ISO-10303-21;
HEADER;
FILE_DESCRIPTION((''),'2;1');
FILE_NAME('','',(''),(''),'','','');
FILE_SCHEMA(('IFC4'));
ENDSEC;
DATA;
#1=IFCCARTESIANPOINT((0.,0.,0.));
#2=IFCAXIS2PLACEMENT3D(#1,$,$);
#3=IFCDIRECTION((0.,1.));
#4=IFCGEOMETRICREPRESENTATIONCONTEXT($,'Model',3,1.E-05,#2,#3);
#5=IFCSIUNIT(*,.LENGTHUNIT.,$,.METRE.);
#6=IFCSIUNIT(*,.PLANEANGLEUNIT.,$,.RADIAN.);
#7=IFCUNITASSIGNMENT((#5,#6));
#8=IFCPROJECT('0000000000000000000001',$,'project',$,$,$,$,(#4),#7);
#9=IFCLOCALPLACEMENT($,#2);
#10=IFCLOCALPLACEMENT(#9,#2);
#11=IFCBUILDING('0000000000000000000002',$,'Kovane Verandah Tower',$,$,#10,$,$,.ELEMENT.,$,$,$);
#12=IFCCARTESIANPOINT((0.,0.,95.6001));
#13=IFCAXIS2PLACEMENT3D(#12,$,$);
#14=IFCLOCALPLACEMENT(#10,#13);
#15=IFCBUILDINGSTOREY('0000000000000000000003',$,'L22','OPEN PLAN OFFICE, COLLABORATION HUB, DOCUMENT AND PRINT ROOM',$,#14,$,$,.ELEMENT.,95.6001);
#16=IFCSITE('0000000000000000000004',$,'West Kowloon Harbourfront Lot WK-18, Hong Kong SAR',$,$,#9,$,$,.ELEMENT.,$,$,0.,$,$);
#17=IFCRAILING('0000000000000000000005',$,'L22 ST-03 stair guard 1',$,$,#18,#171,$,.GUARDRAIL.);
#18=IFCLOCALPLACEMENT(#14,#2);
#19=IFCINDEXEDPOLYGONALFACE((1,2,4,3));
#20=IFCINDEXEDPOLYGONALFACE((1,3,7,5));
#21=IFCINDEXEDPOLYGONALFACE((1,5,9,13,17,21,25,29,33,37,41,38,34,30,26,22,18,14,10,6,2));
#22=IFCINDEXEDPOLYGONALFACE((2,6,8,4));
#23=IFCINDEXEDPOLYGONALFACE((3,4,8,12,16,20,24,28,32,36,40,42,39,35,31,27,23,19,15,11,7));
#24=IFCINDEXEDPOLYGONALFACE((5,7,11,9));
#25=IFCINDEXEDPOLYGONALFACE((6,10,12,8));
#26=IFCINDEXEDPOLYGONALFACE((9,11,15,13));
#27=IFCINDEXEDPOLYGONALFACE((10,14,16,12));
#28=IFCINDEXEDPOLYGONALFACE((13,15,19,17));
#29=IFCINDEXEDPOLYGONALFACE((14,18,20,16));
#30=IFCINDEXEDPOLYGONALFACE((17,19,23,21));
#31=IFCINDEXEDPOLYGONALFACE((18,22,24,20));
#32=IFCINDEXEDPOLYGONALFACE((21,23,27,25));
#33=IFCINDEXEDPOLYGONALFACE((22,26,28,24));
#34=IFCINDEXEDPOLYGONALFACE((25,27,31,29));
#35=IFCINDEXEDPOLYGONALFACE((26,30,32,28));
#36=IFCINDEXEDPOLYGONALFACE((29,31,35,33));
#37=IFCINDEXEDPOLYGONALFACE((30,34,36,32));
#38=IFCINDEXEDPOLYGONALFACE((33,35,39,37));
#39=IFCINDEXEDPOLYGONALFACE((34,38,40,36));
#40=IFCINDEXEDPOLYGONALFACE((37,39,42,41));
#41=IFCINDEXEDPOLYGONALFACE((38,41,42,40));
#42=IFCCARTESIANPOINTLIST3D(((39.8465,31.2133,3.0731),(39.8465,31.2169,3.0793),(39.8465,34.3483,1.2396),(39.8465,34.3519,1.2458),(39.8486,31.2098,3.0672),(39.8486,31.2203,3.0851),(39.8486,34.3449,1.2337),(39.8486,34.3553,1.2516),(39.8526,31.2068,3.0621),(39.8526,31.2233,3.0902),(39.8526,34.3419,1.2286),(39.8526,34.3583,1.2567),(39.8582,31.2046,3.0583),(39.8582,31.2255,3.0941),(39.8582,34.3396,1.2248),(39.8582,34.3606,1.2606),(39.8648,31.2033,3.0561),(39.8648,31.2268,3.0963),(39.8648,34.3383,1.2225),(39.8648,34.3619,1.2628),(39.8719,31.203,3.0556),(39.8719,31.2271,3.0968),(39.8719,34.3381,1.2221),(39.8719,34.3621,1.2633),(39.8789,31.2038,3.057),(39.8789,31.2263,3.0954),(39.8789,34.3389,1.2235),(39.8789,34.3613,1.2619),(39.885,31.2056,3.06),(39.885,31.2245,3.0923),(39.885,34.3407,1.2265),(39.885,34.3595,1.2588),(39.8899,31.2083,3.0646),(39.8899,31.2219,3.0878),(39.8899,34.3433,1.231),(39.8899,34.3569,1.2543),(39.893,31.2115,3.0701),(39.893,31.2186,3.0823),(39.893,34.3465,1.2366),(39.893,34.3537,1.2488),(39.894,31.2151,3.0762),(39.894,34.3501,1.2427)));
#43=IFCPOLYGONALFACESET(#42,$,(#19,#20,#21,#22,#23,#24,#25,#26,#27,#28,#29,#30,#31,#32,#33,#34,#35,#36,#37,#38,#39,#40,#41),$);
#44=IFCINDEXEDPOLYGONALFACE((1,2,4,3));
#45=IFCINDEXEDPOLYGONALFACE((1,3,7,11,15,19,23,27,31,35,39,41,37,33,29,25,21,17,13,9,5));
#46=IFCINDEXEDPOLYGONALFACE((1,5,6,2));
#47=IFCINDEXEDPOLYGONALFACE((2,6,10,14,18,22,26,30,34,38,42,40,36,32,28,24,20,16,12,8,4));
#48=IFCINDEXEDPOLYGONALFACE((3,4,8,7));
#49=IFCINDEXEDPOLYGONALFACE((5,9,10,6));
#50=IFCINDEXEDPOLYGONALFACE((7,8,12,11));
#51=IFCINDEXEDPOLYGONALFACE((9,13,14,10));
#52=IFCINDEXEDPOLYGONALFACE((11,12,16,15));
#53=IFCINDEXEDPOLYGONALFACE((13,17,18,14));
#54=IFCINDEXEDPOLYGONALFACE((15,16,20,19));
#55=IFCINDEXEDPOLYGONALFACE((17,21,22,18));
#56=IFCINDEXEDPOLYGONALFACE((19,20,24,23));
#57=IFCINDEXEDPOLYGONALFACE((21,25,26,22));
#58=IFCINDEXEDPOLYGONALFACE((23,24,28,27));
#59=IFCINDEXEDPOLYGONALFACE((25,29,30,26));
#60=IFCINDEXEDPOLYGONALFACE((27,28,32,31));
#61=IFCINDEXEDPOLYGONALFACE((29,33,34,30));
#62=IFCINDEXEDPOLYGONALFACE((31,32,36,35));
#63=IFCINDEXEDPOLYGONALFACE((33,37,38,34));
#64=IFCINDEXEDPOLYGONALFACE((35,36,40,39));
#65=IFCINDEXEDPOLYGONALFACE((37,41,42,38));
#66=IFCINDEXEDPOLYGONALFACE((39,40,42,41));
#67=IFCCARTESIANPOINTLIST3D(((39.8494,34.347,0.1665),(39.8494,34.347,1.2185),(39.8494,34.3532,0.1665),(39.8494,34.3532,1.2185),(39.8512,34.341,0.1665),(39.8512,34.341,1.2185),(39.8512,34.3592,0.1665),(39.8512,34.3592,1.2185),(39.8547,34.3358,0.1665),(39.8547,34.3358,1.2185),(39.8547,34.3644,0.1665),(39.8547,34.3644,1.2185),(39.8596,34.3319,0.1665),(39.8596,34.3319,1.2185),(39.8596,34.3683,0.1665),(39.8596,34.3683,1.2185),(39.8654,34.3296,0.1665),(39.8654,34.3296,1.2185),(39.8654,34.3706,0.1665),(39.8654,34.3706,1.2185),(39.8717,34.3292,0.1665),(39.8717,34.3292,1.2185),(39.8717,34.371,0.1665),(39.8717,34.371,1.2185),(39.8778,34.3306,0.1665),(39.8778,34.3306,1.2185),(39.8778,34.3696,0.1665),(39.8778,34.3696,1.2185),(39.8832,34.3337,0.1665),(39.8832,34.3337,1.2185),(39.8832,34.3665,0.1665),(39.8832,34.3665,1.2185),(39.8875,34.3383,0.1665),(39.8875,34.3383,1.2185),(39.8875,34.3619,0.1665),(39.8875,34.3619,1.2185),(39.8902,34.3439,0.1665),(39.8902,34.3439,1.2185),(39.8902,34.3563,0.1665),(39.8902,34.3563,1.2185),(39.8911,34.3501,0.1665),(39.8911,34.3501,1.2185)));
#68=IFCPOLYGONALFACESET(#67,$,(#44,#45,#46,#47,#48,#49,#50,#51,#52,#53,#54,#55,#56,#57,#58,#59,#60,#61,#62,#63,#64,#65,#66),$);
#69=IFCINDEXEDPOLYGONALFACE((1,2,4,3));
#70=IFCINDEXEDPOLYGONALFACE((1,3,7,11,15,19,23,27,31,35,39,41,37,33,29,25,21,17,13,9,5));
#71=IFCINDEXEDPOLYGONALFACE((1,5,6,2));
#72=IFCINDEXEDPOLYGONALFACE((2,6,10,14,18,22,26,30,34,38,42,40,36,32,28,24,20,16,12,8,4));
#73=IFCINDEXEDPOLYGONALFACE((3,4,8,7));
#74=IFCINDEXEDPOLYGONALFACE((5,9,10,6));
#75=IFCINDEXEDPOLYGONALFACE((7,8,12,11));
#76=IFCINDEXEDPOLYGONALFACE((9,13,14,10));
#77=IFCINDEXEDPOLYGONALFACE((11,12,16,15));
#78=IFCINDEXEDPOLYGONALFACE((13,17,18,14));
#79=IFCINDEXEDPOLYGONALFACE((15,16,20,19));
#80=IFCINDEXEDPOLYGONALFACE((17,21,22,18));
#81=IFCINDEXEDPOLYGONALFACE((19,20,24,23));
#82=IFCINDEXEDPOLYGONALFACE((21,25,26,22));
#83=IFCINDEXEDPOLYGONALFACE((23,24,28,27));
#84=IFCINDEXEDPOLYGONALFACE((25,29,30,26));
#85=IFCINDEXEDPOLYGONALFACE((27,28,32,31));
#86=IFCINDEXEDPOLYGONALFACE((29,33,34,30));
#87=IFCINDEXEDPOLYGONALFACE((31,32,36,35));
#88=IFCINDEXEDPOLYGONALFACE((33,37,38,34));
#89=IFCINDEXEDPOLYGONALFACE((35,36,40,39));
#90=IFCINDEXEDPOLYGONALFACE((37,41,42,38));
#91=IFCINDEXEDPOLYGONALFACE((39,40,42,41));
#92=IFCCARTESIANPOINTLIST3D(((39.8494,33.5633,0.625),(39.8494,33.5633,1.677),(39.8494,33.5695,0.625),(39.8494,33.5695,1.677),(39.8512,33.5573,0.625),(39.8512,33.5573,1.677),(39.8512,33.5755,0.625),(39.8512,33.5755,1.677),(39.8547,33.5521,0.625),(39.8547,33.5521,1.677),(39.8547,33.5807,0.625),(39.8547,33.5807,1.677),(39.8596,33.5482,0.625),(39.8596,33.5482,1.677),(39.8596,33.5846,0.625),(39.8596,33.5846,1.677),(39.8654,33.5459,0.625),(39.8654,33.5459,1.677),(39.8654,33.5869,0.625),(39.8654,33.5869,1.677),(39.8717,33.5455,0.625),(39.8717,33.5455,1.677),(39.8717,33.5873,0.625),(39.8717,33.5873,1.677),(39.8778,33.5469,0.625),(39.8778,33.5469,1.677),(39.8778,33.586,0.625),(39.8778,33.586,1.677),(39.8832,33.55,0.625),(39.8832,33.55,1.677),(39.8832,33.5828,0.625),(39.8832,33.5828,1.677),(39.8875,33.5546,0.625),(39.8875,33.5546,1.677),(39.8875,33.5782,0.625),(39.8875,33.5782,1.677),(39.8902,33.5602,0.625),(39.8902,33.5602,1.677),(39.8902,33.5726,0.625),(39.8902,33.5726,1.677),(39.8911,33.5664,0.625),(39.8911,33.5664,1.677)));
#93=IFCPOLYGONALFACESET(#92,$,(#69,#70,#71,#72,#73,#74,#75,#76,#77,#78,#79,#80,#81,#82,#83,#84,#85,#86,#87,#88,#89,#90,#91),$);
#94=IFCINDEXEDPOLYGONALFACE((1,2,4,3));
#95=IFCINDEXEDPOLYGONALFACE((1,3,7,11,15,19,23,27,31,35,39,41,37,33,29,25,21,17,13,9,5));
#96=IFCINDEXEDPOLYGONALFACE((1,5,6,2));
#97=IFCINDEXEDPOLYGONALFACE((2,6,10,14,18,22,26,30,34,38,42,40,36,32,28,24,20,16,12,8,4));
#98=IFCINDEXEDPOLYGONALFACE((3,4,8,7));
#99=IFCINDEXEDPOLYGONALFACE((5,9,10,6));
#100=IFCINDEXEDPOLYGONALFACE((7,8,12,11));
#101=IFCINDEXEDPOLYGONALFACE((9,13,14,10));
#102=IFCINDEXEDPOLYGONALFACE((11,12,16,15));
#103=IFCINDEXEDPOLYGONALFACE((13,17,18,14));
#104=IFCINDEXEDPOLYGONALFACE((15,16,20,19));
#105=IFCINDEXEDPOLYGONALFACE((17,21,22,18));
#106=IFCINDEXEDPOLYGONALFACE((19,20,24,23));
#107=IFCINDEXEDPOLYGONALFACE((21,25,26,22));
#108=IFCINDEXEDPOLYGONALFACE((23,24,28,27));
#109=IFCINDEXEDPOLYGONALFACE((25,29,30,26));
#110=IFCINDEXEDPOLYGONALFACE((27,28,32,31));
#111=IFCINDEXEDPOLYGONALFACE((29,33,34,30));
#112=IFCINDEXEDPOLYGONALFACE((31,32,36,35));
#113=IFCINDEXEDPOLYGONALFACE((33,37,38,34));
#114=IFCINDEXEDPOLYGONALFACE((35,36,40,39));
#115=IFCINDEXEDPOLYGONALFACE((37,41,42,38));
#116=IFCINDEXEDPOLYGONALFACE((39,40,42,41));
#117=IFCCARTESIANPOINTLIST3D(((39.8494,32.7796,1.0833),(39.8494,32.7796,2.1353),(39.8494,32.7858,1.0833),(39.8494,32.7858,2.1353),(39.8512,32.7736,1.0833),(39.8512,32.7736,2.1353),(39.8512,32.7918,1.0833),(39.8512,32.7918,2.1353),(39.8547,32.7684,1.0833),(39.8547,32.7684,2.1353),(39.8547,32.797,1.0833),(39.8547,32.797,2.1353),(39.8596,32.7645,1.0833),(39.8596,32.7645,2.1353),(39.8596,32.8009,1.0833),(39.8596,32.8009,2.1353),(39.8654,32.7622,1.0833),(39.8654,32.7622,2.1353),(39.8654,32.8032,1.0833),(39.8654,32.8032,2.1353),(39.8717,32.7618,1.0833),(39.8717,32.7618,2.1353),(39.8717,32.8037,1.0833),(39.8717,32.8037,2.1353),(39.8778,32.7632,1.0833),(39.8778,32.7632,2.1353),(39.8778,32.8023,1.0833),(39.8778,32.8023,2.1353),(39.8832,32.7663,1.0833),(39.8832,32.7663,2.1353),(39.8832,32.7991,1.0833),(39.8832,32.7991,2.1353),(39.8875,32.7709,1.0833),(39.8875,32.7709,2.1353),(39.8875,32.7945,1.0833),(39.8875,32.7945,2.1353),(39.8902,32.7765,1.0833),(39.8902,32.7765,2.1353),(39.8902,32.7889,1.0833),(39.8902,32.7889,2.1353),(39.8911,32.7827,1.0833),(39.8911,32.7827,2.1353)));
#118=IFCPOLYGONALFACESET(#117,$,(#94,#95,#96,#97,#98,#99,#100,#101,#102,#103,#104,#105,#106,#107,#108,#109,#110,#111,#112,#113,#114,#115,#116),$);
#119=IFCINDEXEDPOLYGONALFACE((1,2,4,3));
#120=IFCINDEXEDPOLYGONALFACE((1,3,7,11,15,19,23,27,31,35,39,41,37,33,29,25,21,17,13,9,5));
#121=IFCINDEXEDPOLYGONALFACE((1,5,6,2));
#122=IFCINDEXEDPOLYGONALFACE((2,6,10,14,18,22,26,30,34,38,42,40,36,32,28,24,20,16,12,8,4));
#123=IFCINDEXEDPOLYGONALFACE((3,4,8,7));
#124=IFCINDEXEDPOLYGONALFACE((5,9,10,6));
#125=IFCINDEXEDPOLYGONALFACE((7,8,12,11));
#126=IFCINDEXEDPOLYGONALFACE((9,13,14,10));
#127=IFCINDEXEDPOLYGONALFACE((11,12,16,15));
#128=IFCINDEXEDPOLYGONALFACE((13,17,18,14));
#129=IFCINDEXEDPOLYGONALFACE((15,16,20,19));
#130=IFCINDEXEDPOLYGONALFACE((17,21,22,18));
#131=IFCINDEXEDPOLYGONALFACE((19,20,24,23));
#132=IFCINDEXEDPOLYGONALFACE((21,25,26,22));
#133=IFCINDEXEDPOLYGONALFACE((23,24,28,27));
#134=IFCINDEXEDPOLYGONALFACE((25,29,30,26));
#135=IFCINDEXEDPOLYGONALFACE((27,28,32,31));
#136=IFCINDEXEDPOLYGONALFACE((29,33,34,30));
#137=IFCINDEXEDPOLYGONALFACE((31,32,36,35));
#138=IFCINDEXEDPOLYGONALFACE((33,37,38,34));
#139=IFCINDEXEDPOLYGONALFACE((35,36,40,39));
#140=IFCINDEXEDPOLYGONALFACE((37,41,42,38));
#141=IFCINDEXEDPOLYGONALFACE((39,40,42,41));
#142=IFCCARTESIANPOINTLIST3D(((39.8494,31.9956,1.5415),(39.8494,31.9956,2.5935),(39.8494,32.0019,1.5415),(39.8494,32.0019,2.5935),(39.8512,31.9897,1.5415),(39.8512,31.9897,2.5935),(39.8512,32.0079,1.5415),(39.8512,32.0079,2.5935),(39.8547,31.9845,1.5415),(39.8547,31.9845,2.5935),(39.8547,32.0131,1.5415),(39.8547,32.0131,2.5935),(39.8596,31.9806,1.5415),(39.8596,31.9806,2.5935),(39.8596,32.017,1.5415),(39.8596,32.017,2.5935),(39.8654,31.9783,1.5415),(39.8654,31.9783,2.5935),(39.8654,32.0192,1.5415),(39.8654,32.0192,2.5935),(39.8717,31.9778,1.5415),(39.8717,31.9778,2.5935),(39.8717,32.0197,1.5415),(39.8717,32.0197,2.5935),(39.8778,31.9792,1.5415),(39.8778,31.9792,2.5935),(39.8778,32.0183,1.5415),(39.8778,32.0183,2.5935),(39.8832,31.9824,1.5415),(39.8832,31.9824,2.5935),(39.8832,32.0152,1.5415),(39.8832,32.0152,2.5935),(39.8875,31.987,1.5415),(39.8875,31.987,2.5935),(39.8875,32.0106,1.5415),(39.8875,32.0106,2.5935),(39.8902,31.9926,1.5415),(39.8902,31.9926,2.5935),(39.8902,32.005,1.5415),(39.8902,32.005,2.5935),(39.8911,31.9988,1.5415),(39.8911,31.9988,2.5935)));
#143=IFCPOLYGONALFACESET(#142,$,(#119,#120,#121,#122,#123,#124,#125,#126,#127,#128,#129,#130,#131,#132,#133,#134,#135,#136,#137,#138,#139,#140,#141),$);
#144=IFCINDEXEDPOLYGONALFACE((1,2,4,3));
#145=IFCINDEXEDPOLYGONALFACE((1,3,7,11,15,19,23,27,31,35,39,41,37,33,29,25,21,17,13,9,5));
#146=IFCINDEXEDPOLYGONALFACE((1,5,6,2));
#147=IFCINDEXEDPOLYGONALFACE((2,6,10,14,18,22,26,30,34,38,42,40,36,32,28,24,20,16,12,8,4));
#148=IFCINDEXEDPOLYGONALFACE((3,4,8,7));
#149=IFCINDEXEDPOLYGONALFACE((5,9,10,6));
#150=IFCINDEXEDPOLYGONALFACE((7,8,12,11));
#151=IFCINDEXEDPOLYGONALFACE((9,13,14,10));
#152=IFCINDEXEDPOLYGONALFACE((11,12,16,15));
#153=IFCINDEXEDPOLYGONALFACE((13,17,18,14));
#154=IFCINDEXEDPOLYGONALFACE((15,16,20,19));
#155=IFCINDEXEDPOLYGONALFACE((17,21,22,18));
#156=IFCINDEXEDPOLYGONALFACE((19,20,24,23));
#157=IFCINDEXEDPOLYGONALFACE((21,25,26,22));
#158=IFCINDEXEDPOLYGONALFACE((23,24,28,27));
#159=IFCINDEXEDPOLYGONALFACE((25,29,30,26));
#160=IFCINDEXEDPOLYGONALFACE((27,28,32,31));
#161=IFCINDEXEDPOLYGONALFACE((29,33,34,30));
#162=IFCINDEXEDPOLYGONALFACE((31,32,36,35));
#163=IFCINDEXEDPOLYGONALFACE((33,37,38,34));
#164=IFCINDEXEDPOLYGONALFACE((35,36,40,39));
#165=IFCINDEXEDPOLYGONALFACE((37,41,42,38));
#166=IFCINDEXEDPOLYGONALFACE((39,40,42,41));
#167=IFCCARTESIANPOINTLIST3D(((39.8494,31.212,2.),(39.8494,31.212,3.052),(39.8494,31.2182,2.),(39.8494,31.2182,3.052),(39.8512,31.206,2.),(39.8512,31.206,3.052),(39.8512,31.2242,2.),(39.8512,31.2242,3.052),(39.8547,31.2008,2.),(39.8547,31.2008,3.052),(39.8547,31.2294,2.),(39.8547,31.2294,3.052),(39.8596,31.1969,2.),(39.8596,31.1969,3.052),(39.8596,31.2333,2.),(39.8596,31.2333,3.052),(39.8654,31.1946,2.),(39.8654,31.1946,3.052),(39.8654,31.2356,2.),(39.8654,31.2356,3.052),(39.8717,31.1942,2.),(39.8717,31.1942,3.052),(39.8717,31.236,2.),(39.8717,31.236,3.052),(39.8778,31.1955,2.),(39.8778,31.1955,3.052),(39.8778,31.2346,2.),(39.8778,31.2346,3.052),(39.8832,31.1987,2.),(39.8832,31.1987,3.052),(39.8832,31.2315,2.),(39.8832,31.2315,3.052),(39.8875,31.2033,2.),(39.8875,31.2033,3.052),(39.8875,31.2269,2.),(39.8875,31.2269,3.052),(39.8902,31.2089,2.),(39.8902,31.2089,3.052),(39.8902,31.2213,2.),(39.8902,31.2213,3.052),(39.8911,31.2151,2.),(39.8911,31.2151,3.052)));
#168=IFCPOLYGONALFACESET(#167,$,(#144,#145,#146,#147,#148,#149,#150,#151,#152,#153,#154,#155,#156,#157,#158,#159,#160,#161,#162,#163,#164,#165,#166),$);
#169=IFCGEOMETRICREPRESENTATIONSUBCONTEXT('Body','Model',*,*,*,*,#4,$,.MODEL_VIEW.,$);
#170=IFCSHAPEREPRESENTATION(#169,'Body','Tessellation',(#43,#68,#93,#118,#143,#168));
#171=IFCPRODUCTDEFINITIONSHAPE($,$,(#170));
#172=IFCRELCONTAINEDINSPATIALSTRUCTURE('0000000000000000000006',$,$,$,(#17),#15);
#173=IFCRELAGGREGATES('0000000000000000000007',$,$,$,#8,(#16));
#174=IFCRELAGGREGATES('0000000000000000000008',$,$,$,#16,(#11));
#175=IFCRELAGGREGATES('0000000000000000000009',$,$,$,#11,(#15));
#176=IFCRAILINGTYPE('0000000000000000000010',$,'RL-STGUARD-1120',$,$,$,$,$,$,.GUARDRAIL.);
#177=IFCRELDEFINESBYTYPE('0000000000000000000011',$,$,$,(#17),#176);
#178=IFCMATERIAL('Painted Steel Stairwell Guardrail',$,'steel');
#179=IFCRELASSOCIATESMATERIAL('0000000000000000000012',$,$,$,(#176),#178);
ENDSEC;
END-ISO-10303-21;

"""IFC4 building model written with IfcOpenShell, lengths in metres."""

from ifc_helpers import new_model, si_unit, direction, frame, origin, origin_2d, place, context, subcontext, project, spatial, circle, extrude, material, type_object, element, save


model = new_model("IFC4")

# Units and contexts
model_context = context("Model", 3, precision=1e-05, world=origin(), true_north=direction((0.0, 1.0)))
body_context = subcontext(model_context, "Body", "Model", "MODEL_VIEW")
ifc_project = project(units=[si_unit("LENGTHUNIT", "METRE"), si_unit("PLANEANGLEUNIT", "RADIAN")], contexts=[model_context])

# Site, building, storey
site_placement = place(None, origin())
site = spatial("IfcSite", under=ifc_project, at=site_placement, Name="West Kowloon Harbourfront Lot WK-18, Hong Kong SAR", CompositionType="ELEMENT", RefElevation=0.0)
building_placement = place(site_placement, origin())
building = spatial("IfcBuilding", under=site, at=building_placement, Name="Kovane Verandah Tower", CompositionType="ELEMENT")
storey_placement = place(building_placement, frame((0.0, 0.0, 95.6001)))
storey = spatial("IfcBuildingStorey", under=building, at=storey_placement, Name="L22", Description="OPEN PLAN OFFICE, COLLABORATION HUB, DOCUMENT AND PRINT ROOM", CompositionType="ELEMENT", Elevation=95.6001)

# Railing
ifc_material_1 = material(Name="Painted Steel Stairwell Guardrail", Category="steel")
railing_type_1 = type_object("IfcRailingType", Name="RL-STGUARD-1120", PredefinedType="GUARDRAIL", material=ifc_material_1)
railing_1_placement = place(storey_placement, frame((39.8701, 34.3501, 0.1665)))
element("IfcRailing", 1, at=railing_1_placement, inside=storey, type_object=railing_type_1, Name="L22 ST-03 stair guard 1", PredefinedType="GUARDRAIL", context=body_context, shape_type="SweptSolid", body=[
    extrude(circle(Radius=0.0239, at=origin_2d()), frame((0.0, 0.0, 1.0762), z_axis=(0.0, -0.86321, 0.504845), x_axis=(1.0, 0.0, 0.0)), (0.0, 0.0, 1.0), 3.6318),
    extrude(circle(Radius=0.021, at=origin_2d()), origin(), (0.0, 0.0, 1.0), 1.052),
    extrude(circle(Radius=0.021, at=origin_2d()), frame((0.0, -0.7837, 0.4585)), (0.0, 0.0, 1.0), 1.052),
    extrude(circle(Radius=0.021, at=origin_2d()), frame((0.0, -1.5674, 0.9167)), (0.0, 0.0, 1.0), 1.052),
    extrude(circle(Radius=0.021, at=origin_2d()), frame((0.0, -2.3513, 1.375)), (0.0, 0.0, 1.0), 1.052),
    extrude(circle(Radius=0.021, at=origin_2d()), frame((0.0, -3.135, 1.8335)), (0.0, 0.0, 1.0), 1.052),
])

save(model, "model.ifc")
